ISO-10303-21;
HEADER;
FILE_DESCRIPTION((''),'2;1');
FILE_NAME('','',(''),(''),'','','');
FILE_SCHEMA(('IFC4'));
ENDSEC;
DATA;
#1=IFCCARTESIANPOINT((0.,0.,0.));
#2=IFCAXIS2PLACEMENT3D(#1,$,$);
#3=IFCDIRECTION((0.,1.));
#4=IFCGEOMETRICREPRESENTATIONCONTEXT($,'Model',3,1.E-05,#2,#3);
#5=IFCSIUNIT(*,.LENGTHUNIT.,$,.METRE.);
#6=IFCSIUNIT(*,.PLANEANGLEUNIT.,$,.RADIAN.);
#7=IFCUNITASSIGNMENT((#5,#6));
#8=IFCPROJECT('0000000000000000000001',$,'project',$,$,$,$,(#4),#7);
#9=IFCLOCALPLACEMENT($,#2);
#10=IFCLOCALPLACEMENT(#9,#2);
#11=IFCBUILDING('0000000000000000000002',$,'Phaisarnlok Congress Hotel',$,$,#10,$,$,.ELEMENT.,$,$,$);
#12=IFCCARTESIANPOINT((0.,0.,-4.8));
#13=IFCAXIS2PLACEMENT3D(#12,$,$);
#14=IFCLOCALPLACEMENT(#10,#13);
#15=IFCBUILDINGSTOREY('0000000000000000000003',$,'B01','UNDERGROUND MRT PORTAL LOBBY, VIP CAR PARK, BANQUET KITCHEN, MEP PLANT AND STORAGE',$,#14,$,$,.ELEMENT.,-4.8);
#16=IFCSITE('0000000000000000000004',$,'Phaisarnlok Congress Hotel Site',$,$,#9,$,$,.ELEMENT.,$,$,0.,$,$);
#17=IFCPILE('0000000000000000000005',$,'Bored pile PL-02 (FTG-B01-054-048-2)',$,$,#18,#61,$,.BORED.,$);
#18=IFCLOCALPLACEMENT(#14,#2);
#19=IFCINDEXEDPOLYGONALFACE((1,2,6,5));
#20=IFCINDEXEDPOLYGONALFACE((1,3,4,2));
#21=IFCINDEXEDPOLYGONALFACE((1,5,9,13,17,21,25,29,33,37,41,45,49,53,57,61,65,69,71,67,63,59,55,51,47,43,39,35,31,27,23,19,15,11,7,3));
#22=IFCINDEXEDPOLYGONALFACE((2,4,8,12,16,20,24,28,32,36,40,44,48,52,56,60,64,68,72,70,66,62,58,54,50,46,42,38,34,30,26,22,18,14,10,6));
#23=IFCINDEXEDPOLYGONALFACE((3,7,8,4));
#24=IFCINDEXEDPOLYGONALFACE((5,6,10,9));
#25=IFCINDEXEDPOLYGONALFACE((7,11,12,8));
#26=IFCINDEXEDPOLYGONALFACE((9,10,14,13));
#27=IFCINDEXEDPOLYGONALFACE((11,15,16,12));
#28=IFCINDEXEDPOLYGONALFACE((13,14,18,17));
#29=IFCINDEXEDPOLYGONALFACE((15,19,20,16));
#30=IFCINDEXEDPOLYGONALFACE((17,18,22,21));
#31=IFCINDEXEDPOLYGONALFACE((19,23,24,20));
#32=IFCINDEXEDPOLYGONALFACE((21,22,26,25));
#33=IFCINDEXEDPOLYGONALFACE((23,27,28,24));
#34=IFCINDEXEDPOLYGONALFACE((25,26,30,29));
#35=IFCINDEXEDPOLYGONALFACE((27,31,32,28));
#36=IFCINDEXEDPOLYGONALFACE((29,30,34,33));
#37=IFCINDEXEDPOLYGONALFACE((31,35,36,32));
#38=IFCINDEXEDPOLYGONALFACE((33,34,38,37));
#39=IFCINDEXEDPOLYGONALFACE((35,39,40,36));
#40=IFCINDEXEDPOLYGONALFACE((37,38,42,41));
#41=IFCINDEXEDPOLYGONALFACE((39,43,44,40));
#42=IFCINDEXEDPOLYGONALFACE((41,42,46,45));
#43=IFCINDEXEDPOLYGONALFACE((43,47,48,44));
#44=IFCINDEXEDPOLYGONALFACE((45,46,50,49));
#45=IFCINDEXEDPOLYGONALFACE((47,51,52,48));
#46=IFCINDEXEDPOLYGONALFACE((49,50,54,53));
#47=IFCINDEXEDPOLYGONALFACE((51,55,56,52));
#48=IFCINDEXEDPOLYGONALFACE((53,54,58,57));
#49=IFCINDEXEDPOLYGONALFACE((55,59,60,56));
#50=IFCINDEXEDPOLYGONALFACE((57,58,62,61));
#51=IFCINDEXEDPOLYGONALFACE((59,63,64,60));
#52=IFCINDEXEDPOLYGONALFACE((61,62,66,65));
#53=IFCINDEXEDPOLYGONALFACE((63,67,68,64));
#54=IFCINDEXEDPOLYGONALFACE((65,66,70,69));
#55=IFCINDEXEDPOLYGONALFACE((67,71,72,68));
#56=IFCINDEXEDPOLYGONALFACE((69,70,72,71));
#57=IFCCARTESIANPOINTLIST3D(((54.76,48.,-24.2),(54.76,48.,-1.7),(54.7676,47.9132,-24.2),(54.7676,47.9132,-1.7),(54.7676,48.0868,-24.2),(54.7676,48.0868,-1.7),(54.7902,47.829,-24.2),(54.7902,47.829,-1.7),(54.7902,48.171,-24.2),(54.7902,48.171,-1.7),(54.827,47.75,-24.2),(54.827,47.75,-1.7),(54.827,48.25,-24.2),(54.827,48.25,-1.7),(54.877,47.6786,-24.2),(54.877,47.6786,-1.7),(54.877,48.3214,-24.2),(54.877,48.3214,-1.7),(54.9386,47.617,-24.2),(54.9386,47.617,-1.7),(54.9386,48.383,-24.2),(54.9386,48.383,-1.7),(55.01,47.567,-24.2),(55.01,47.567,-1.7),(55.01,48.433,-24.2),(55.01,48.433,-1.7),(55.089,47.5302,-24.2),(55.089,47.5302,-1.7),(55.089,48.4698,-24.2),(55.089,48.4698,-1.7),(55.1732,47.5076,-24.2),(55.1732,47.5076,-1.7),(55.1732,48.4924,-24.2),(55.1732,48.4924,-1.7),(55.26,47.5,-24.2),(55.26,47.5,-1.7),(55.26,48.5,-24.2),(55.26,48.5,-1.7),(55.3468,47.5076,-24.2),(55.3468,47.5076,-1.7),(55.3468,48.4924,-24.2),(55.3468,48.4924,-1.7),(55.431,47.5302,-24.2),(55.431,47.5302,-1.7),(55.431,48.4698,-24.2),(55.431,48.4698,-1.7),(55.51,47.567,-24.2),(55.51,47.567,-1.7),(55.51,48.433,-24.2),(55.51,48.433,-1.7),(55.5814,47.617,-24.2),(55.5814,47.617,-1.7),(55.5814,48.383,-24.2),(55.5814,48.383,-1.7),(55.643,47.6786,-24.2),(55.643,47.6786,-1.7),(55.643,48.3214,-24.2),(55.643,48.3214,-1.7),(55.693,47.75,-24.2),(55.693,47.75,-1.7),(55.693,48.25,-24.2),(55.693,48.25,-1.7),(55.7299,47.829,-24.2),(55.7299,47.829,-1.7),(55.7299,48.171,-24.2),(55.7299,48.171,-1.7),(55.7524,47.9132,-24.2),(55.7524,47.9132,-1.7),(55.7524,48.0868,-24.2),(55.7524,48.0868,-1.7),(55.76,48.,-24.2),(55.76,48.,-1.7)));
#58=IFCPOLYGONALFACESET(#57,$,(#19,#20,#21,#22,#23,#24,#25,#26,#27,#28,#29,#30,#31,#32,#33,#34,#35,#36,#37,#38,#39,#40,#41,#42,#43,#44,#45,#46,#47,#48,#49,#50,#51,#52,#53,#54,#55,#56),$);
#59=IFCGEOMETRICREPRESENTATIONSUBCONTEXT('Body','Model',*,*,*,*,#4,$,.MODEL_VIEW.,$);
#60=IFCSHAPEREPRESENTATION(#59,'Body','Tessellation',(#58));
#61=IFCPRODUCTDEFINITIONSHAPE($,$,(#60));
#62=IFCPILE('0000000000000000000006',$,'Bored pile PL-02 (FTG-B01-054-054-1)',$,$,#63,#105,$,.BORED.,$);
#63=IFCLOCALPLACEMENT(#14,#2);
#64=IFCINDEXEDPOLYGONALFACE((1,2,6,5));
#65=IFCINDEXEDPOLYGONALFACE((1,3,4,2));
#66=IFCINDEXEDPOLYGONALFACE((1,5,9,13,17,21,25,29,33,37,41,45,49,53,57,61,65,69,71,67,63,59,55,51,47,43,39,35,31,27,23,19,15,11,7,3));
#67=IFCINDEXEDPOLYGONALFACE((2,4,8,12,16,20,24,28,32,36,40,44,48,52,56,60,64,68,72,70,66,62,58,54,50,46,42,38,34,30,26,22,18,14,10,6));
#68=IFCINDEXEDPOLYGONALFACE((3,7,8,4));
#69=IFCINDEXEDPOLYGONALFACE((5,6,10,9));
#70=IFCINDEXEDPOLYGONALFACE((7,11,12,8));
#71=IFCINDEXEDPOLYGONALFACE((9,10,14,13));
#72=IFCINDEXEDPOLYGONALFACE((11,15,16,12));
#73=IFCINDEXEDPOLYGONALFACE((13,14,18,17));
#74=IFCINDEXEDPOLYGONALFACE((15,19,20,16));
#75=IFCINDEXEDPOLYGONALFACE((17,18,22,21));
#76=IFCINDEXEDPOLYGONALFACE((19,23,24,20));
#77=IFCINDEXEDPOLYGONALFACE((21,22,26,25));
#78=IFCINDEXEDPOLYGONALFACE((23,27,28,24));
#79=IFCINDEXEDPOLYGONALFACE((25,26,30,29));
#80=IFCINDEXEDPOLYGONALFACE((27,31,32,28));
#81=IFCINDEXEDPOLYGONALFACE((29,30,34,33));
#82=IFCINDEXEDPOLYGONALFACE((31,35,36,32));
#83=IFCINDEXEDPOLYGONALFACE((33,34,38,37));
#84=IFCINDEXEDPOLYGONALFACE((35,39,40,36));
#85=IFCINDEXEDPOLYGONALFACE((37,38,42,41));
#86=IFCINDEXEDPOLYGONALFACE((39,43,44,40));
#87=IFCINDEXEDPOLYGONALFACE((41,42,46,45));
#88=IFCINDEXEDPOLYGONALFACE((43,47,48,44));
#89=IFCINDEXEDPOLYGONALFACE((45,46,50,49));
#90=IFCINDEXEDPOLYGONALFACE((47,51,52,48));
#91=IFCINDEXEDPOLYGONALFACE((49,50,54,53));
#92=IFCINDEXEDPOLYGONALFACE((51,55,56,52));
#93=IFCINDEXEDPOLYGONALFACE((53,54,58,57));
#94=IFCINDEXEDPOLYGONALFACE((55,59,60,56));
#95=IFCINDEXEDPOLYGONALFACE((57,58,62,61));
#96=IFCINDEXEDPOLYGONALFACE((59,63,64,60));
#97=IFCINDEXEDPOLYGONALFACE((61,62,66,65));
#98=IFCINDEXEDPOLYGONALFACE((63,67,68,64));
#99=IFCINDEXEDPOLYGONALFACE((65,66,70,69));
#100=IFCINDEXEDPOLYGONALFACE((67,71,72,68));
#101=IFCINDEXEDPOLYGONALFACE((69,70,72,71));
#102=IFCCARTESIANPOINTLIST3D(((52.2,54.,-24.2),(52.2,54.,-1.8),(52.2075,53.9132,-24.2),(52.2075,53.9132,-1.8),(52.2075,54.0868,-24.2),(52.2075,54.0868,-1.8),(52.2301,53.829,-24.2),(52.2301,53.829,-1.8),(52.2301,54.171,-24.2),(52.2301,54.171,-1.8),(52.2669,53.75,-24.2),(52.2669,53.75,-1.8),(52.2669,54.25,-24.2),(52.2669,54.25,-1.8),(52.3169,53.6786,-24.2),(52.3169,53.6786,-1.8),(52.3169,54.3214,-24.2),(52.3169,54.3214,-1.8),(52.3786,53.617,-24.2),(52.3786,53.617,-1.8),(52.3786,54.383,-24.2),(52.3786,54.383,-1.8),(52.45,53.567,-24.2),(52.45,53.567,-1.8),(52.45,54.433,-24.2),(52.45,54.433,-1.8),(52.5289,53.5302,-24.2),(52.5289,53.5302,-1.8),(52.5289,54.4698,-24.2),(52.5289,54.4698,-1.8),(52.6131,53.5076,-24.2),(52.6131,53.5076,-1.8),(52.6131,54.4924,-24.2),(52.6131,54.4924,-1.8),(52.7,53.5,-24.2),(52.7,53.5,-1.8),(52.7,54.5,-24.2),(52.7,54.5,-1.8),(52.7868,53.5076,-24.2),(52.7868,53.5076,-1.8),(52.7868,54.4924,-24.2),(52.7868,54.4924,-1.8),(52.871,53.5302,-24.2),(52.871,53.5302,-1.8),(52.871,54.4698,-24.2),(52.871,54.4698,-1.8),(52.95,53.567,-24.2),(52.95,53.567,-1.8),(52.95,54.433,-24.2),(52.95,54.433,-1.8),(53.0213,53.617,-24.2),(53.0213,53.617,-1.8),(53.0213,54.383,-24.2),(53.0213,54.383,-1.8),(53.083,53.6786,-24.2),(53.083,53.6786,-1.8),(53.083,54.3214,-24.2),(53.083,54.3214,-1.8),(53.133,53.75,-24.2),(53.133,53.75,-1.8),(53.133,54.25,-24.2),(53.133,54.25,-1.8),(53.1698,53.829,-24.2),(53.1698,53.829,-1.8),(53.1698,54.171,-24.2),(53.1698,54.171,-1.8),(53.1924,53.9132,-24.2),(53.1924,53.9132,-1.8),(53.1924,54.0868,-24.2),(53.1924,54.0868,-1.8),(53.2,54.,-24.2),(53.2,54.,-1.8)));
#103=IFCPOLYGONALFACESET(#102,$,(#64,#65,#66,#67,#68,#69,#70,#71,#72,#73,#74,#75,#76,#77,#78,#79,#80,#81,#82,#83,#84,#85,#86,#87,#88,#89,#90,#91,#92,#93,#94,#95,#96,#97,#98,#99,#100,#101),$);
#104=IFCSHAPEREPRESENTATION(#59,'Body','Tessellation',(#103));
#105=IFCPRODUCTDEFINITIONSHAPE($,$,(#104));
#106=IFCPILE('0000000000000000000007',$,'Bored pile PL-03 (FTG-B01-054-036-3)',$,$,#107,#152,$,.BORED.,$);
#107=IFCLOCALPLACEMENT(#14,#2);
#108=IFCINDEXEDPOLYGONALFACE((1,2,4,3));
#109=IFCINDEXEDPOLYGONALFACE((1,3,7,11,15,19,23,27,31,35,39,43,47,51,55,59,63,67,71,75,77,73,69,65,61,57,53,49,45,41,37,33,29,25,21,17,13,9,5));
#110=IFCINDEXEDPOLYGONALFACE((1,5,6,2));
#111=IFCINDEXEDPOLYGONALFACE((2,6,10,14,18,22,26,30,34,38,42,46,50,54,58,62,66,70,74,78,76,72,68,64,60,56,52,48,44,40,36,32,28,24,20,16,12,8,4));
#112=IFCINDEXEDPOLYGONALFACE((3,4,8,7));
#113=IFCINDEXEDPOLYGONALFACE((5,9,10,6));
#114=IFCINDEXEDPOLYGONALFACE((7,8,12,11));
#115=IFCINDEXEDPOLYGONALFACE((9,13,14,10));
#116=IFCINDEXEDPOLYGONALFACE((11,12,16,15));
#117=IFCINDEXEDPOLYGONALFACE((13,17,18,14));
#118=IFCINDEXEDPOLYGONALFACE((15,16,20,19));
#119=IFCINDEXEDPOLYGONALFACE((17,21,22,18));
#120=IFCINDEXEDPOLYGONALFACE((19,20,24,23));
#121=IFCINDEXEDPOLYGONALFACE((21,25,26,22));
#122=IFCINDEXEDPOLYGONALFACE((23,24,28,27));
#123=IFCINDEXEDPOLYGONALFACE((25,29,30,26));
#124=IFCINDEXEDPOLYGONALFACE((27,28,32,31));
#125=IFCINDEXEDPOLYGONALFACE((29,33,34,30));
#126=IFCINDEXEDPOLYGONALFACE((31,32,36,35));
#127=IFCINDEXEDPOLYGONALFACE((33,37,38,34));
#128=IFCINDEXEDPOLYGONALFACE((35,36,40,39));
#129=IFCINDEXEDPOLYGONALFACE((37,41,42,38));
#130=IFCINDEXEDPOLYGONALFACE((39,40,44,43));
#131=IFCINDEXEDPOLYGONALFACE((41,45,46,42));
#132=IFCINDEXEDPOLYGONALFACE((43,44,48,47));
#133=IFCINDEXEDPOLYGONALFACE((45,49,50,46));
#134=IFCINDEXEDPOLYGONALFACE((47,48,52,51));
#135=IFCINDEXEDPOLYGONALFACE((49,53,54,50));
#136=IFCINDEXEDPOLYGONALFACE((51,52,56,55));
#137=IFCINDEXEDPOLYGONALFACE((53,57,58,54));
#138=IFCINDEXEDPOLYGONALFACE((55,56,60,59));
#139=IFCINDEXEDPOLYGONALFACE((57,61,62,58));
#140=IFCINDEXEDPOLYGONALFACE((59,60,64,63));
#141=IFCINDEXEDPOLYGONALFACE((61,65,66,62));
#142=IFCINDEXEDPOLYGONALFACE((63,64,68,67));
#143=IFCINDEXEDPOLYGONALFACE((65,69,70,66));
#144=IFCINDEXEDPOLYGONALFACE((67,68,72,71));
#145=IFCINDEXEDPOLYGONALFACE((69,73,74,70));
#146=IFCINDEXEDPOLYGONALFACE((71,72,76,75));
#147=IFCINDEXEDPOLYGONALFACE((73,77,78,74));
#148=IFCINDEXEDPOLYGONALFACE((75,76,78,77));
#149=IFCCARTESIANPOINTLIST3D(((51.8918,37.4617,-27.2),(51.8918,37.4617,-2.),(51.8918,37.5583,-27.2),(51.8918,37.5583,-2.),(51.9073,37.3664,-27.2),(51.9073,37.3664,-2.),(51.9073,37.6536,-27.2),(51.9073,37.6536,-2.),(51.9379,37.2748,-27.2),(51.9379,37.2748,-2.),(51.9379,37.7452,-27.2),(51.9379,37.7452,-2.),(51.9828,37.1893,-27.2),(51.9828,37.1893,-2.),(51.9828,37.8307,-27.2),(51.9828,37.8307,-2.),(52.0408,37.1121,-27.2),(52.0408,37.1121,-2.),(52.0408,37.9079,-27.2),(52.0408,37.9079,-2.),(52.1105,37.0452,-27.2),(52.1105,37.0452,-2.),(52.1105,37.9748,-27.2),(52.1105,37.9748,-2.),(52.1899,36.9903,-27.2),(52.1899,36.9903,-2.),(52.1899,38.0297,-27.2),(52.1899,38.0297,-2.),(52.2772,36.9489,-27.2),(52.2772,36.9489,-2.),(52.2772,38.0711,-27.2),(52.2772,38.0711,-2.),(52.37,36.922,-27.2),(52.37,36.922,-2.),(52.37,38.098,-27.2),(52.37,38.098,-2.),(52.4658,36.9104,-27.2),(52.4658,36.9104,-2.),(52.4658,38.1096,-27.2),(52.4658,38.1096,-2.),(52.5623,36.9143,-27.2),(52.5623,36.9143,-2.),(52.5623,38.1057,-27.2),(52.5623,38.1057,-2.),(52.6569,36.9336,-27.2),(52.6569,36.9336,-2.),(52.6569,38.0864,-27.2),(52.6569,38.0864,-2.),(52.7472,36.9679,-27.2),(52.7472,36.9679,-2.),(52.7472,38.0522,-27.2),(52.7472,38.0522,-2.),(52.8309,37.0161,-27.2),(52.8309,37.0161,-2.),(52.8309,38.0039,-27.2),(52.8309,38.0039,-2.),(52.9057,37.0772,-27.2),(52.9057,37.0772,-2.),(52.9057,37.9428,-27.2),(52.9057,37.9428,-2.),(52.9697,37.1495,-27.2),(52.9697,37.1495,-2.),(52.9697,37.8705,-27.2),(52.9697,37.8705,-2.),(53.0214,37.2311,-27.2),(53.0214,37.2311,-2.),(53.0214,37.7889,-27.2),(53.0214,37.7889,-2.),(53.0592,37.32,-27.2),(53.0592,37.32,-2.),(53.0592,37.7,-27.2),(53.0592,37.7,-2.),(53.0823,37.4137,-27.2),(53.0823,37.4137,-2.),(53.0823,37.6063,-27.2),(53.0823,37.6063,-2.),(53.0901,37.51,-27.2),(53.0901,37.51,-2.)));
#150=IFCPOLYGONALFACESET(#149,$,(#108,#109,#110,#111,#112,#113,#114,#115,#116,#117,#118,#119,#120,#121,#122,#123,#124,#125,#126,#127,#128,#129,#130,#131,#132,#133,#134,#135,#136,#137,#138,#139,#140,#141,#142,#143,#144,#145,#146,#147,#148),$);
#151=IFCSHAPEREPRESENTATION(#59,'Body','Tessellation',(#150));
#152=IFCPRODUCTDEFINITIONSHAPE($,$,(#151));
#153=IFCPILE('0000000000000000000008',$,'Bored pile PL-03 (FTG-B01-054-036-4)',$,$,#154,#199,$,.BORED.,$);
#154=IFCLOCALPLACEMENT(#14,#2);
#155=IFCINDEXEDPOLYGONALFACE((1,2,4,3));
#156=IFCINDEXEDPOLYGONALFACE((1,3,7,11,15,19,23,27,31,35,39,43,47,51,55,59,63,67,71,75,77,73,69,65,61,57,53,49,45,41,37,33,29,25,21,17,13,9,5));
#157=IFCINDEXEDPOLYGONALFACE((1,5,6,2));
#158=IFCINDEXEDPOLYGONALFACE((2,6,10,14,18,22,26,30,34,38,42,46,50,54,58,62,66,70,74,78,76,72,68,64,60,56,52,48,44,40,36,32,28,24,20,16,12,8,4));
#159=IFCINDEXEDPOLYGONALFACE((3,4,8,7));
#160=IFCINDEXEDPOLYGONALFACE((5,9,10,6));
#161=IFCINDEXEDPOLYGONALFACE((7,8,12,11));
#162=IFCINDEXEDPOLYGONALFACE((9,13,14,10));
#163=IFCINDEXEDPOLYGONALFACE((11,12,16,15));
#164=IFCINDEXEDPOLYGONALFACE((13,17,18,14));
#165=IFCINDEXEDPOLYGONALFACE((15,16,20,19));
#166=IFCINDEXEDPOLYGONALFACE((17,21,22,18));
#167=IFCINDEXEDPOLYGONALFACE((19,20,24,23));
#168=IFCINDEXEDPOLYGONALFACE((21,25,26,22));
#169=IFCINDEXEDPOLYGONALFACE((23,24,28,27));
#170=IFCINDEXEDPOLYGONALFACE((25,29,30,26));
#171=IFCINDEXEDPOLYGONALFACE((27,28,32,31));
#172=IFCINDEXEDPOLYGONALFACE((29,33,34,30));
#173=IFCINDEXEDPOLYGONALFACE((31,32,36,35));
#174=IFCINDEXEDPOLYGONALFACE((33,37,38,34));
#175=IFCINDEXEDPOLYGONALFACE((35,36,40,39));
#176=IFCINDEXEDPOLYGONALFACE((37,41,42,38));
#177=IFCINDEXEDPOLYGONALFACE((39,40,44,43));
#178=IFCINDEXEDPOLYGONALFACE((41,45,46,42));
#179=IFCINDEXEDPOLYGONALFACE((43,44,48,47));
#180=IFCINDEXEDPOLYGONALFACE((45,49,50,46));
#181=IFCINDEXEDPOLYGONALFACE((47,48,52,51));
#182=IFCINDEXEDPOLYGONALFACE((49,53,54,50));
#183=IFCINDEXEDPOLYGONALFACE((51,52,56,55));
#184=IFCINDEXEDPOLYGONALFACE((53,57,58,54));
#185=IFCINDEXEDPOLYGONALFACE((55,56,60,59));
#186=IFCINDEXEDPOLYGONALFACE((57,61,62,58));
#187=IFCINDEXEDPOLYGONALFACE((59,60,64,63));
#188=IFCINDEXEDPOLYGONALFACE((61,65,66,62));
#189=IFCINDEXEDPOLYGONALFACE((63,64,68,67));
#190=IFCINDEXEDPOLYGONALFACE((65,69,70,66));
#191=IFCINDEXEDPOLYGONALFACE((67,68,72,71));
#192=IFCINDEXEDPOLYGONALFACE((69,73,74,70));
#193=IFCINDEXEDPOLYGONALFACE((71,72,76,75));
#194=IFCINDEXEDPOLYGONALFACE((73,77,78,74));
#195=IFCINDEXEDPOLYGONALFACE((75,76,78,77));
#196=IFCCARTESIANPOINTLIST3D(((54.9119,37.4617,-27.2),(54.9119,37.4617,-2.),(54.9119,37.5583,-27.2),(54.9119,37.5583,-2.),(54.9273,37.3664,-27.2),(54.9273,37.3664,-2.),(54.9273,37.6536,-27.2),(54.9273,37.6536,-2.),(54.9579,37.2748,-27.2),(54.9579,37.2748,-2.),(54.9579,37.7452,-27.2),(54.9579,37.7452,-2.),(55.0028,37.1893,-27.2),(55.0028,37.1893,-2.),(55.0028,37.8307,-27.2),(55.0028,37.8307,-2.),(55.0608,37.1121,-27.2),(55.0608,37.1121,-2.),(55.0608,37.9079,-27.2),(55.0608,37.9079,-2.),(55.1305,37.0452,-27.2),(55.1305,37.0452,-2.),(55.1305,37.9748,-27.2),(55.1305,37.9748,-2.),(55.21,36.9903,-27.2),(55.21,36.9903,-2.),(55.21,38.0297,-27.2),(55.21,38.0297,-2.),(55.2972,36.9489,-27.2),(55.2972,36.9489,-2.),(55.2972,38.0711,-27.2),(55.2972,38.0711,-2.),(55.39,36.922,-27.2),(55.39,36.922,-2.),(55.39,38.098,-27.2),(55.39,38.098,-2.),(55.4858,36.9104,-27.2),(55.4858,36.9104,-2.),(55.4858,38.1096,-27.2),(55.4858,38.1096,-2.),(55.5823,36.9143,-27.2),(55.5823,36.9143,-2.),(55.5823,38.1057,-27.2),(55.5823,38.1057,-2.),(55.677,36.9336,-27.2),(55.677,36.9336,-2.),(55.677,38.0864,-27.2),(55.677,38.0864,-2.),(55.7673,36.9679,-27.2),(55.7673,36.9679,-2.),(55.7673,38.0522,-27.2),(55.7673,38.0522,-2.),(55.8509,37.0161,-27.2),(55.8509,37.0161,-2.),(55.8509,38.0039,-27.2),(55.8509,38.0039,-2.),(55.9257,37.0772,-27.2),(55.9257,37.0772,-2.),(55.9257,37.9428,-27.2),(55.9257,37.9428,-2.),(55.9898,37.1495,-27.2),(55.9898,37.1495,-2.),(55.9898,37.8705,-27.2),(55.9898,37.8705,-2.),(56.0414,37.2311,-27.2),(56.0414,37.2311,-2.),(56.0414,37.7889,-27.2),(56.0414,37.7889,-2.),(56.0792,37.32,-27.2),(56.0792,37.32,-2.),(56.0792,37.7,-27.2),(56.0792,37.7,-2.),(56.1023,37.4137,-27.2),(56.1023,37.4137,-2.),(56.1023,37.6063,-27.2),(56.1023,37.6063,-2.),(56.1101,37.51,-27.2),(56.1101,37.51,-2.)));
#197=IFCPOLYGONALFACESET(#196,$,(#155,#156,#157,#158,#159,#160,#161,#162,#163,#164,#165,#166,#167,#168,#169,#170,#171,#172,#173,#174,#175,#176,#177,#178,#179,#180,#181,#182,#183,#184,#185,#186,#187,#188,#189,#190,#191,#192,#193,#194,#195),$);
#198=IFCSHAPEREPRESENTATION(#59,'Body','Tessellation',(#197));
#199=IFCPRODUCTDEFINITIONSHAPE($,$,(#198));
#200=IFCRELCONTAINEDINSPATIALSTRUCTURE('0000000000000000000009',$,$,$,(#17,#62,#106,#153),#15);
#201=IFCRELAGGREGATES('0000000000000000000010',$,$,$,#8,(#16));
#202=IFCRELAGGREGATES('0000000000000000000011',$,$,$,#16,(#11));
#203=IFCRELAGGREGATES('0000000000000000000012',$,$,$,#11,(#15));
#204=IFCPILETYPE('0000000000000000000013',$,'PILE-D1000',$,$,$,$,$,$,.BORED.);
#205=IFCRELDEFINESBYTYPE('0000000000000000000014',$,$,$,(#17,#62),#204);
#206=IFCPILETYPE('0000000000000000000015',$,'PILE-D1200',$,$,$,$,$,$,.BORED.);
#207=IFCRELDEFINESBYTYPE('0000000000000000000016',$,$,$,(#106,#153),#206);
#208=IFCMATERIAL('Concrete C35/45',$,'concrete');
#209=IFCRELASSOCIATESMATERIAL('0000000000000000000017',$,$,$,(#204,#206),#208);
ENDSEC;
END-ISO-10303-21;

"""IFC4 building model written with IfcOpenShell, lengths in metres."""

from ifc_helpers import new_model, si_unit, direction, frame, origin, origin_2d, place, context, subcontext, project, spatial, circle, extrude, material, material_profile, profile_set, type_object, element, save


model = new_model("IFC4")

# Units and contexts
model_context = context("Model", 3, precision=1e-05, world=origin(), true_north=direction((0.0, 1.0)))
body_context = subcontext(model_context, "Body", "Model", "MODEL_VIEW")
ifc_project = project(units=[si_unit("LENGTHUNIT", "METRE"), si_unit("PLANEANGLEUNIT", "RADIAN")], contexts=[model_context])

# Site, building, storey
site_placement = place(None, origin())
site = spatial("IfcSite", under=ifc_project, at=site_placement, Name="Phaisarnlok Congress Hotel Site", CompositionType="ELEMENT", RefElevation=0.0)
building_placement = place(site_placement, origin())
building = spatial("IfcBuilding", under=site, at=building_placement, Name="Phaisarnlok Congress Hotel", CompositionType="ELEMENT")
storey_placement = place(building_placement, frame((0.0, 0.0, -4.8)))
storey = spatial("IfcBuildingStorey", under=building, at=storey_placement, Name="B01", Description="UNDERGROUND MRT PORTAL LOBBY, VIP CAR PARK, BANQUET KITCHEN, MEP PLANT AND STORAGE", CompositionType="ELEMENT", Elevation=-4.8)

# Piles
ifc_material_1 = material(Name="Concrete C35/45", Category="concrete")
ifc_material_profile_1 = material_profile(ifc_material_1, circle(Radius=0.5, at=origin_2d()), Name="BORED PILE D1000")
ifc_profile_set_1 = profile_set([ifc_material_profile_1], Name="Concrete C35/45")
pile_type_1 = type_object("IfcPileType", Name="PILE-D1000", PredefinedType="BORED", material=ifc_profile_set_1)
for number, where, z_axis, x_axis, name in (
    (1, (55.26, 48.0, -1.7), (0.0, 0.0, -1.0), (1.0, 0.0, 0.0), "Bored pile PL-02 (FTG-B01-054-048-2)"),
):
    element("IfcPile", number, at=place(storey_placement, frame(where, z_axis=z_axis, x_axis=x_axis)), inside=storey, type_object=pile_type_1, Name=name, PredefinedType="BORED", context=body_context, shape_type="SweptSolid", body=[
        extrude(circle(Radius=0.5, at=origin_2d()), origin(), (0.0, 0.0, 1.0), 22.5),
    ])
pile_placement = place(storey_placement, frame((52.7, 54.0, -1.8), z_axis=(0.0, 0.0, -1.0), x_axis=(1.0, 0.0, 0.0)))
element("IfcPile", 2, at=pile_placement, inside=storey, type_object=pile_type_1, Name="Bored pile PL-02 (FTG-B01-054-054-1)", PredefinedType="BORED", context=body_context, shape_type="SweptSolid", body=[
    extrude(circle(Radius=0.5, at=origin_2d()), origin(), (0.0, 0.0, 1.0), 22.3999),
])
ifc_material_profile_2 = material_profile(ifc_material_1, circle(Radius=0.6001, at=origin_2d()), Name="BORED PILE D1200")
ifc_profile_set_2 = profile_set([ifc_material_profile_2], Name="Concrete C35/45")
pile_type_2 = type_object("IfcPileType", Name="PILE-D1200", PredefinedType="BORED", material=ifc_profile_set_2)
for number, where, z_axis, x_axis, name in (
    (3, (52.49, 37.51, -2.0), (0.0, 0.0, -1.0), (1.0, 0.0, 0.0), "Bored pile PL-03 (FTG-B01-054-036-3)"),
    (4, (55.51, 37.51, -2.0), (0.0, 0.0, -1.0), (1.0, 0.0, 0.0), "Bored pile PL-03 (FTG-B01-054-036-4)"),
):
    element("IfcPile", number, at=place(storey_placement, frame(where, z_axis=z_axis, x_axis=x_axis)), inside=storey, type_object=pile_type_2, Name=name, PredefinedType="BORED", context=body_context, shape_type="SweptSolid", body=[
        extrude(circle(Radius=0.6001, at=origin_2d()), origin(), (0.0, 0.0, 1.0), 25.2),
    ])

save(model, "model.ifc")
